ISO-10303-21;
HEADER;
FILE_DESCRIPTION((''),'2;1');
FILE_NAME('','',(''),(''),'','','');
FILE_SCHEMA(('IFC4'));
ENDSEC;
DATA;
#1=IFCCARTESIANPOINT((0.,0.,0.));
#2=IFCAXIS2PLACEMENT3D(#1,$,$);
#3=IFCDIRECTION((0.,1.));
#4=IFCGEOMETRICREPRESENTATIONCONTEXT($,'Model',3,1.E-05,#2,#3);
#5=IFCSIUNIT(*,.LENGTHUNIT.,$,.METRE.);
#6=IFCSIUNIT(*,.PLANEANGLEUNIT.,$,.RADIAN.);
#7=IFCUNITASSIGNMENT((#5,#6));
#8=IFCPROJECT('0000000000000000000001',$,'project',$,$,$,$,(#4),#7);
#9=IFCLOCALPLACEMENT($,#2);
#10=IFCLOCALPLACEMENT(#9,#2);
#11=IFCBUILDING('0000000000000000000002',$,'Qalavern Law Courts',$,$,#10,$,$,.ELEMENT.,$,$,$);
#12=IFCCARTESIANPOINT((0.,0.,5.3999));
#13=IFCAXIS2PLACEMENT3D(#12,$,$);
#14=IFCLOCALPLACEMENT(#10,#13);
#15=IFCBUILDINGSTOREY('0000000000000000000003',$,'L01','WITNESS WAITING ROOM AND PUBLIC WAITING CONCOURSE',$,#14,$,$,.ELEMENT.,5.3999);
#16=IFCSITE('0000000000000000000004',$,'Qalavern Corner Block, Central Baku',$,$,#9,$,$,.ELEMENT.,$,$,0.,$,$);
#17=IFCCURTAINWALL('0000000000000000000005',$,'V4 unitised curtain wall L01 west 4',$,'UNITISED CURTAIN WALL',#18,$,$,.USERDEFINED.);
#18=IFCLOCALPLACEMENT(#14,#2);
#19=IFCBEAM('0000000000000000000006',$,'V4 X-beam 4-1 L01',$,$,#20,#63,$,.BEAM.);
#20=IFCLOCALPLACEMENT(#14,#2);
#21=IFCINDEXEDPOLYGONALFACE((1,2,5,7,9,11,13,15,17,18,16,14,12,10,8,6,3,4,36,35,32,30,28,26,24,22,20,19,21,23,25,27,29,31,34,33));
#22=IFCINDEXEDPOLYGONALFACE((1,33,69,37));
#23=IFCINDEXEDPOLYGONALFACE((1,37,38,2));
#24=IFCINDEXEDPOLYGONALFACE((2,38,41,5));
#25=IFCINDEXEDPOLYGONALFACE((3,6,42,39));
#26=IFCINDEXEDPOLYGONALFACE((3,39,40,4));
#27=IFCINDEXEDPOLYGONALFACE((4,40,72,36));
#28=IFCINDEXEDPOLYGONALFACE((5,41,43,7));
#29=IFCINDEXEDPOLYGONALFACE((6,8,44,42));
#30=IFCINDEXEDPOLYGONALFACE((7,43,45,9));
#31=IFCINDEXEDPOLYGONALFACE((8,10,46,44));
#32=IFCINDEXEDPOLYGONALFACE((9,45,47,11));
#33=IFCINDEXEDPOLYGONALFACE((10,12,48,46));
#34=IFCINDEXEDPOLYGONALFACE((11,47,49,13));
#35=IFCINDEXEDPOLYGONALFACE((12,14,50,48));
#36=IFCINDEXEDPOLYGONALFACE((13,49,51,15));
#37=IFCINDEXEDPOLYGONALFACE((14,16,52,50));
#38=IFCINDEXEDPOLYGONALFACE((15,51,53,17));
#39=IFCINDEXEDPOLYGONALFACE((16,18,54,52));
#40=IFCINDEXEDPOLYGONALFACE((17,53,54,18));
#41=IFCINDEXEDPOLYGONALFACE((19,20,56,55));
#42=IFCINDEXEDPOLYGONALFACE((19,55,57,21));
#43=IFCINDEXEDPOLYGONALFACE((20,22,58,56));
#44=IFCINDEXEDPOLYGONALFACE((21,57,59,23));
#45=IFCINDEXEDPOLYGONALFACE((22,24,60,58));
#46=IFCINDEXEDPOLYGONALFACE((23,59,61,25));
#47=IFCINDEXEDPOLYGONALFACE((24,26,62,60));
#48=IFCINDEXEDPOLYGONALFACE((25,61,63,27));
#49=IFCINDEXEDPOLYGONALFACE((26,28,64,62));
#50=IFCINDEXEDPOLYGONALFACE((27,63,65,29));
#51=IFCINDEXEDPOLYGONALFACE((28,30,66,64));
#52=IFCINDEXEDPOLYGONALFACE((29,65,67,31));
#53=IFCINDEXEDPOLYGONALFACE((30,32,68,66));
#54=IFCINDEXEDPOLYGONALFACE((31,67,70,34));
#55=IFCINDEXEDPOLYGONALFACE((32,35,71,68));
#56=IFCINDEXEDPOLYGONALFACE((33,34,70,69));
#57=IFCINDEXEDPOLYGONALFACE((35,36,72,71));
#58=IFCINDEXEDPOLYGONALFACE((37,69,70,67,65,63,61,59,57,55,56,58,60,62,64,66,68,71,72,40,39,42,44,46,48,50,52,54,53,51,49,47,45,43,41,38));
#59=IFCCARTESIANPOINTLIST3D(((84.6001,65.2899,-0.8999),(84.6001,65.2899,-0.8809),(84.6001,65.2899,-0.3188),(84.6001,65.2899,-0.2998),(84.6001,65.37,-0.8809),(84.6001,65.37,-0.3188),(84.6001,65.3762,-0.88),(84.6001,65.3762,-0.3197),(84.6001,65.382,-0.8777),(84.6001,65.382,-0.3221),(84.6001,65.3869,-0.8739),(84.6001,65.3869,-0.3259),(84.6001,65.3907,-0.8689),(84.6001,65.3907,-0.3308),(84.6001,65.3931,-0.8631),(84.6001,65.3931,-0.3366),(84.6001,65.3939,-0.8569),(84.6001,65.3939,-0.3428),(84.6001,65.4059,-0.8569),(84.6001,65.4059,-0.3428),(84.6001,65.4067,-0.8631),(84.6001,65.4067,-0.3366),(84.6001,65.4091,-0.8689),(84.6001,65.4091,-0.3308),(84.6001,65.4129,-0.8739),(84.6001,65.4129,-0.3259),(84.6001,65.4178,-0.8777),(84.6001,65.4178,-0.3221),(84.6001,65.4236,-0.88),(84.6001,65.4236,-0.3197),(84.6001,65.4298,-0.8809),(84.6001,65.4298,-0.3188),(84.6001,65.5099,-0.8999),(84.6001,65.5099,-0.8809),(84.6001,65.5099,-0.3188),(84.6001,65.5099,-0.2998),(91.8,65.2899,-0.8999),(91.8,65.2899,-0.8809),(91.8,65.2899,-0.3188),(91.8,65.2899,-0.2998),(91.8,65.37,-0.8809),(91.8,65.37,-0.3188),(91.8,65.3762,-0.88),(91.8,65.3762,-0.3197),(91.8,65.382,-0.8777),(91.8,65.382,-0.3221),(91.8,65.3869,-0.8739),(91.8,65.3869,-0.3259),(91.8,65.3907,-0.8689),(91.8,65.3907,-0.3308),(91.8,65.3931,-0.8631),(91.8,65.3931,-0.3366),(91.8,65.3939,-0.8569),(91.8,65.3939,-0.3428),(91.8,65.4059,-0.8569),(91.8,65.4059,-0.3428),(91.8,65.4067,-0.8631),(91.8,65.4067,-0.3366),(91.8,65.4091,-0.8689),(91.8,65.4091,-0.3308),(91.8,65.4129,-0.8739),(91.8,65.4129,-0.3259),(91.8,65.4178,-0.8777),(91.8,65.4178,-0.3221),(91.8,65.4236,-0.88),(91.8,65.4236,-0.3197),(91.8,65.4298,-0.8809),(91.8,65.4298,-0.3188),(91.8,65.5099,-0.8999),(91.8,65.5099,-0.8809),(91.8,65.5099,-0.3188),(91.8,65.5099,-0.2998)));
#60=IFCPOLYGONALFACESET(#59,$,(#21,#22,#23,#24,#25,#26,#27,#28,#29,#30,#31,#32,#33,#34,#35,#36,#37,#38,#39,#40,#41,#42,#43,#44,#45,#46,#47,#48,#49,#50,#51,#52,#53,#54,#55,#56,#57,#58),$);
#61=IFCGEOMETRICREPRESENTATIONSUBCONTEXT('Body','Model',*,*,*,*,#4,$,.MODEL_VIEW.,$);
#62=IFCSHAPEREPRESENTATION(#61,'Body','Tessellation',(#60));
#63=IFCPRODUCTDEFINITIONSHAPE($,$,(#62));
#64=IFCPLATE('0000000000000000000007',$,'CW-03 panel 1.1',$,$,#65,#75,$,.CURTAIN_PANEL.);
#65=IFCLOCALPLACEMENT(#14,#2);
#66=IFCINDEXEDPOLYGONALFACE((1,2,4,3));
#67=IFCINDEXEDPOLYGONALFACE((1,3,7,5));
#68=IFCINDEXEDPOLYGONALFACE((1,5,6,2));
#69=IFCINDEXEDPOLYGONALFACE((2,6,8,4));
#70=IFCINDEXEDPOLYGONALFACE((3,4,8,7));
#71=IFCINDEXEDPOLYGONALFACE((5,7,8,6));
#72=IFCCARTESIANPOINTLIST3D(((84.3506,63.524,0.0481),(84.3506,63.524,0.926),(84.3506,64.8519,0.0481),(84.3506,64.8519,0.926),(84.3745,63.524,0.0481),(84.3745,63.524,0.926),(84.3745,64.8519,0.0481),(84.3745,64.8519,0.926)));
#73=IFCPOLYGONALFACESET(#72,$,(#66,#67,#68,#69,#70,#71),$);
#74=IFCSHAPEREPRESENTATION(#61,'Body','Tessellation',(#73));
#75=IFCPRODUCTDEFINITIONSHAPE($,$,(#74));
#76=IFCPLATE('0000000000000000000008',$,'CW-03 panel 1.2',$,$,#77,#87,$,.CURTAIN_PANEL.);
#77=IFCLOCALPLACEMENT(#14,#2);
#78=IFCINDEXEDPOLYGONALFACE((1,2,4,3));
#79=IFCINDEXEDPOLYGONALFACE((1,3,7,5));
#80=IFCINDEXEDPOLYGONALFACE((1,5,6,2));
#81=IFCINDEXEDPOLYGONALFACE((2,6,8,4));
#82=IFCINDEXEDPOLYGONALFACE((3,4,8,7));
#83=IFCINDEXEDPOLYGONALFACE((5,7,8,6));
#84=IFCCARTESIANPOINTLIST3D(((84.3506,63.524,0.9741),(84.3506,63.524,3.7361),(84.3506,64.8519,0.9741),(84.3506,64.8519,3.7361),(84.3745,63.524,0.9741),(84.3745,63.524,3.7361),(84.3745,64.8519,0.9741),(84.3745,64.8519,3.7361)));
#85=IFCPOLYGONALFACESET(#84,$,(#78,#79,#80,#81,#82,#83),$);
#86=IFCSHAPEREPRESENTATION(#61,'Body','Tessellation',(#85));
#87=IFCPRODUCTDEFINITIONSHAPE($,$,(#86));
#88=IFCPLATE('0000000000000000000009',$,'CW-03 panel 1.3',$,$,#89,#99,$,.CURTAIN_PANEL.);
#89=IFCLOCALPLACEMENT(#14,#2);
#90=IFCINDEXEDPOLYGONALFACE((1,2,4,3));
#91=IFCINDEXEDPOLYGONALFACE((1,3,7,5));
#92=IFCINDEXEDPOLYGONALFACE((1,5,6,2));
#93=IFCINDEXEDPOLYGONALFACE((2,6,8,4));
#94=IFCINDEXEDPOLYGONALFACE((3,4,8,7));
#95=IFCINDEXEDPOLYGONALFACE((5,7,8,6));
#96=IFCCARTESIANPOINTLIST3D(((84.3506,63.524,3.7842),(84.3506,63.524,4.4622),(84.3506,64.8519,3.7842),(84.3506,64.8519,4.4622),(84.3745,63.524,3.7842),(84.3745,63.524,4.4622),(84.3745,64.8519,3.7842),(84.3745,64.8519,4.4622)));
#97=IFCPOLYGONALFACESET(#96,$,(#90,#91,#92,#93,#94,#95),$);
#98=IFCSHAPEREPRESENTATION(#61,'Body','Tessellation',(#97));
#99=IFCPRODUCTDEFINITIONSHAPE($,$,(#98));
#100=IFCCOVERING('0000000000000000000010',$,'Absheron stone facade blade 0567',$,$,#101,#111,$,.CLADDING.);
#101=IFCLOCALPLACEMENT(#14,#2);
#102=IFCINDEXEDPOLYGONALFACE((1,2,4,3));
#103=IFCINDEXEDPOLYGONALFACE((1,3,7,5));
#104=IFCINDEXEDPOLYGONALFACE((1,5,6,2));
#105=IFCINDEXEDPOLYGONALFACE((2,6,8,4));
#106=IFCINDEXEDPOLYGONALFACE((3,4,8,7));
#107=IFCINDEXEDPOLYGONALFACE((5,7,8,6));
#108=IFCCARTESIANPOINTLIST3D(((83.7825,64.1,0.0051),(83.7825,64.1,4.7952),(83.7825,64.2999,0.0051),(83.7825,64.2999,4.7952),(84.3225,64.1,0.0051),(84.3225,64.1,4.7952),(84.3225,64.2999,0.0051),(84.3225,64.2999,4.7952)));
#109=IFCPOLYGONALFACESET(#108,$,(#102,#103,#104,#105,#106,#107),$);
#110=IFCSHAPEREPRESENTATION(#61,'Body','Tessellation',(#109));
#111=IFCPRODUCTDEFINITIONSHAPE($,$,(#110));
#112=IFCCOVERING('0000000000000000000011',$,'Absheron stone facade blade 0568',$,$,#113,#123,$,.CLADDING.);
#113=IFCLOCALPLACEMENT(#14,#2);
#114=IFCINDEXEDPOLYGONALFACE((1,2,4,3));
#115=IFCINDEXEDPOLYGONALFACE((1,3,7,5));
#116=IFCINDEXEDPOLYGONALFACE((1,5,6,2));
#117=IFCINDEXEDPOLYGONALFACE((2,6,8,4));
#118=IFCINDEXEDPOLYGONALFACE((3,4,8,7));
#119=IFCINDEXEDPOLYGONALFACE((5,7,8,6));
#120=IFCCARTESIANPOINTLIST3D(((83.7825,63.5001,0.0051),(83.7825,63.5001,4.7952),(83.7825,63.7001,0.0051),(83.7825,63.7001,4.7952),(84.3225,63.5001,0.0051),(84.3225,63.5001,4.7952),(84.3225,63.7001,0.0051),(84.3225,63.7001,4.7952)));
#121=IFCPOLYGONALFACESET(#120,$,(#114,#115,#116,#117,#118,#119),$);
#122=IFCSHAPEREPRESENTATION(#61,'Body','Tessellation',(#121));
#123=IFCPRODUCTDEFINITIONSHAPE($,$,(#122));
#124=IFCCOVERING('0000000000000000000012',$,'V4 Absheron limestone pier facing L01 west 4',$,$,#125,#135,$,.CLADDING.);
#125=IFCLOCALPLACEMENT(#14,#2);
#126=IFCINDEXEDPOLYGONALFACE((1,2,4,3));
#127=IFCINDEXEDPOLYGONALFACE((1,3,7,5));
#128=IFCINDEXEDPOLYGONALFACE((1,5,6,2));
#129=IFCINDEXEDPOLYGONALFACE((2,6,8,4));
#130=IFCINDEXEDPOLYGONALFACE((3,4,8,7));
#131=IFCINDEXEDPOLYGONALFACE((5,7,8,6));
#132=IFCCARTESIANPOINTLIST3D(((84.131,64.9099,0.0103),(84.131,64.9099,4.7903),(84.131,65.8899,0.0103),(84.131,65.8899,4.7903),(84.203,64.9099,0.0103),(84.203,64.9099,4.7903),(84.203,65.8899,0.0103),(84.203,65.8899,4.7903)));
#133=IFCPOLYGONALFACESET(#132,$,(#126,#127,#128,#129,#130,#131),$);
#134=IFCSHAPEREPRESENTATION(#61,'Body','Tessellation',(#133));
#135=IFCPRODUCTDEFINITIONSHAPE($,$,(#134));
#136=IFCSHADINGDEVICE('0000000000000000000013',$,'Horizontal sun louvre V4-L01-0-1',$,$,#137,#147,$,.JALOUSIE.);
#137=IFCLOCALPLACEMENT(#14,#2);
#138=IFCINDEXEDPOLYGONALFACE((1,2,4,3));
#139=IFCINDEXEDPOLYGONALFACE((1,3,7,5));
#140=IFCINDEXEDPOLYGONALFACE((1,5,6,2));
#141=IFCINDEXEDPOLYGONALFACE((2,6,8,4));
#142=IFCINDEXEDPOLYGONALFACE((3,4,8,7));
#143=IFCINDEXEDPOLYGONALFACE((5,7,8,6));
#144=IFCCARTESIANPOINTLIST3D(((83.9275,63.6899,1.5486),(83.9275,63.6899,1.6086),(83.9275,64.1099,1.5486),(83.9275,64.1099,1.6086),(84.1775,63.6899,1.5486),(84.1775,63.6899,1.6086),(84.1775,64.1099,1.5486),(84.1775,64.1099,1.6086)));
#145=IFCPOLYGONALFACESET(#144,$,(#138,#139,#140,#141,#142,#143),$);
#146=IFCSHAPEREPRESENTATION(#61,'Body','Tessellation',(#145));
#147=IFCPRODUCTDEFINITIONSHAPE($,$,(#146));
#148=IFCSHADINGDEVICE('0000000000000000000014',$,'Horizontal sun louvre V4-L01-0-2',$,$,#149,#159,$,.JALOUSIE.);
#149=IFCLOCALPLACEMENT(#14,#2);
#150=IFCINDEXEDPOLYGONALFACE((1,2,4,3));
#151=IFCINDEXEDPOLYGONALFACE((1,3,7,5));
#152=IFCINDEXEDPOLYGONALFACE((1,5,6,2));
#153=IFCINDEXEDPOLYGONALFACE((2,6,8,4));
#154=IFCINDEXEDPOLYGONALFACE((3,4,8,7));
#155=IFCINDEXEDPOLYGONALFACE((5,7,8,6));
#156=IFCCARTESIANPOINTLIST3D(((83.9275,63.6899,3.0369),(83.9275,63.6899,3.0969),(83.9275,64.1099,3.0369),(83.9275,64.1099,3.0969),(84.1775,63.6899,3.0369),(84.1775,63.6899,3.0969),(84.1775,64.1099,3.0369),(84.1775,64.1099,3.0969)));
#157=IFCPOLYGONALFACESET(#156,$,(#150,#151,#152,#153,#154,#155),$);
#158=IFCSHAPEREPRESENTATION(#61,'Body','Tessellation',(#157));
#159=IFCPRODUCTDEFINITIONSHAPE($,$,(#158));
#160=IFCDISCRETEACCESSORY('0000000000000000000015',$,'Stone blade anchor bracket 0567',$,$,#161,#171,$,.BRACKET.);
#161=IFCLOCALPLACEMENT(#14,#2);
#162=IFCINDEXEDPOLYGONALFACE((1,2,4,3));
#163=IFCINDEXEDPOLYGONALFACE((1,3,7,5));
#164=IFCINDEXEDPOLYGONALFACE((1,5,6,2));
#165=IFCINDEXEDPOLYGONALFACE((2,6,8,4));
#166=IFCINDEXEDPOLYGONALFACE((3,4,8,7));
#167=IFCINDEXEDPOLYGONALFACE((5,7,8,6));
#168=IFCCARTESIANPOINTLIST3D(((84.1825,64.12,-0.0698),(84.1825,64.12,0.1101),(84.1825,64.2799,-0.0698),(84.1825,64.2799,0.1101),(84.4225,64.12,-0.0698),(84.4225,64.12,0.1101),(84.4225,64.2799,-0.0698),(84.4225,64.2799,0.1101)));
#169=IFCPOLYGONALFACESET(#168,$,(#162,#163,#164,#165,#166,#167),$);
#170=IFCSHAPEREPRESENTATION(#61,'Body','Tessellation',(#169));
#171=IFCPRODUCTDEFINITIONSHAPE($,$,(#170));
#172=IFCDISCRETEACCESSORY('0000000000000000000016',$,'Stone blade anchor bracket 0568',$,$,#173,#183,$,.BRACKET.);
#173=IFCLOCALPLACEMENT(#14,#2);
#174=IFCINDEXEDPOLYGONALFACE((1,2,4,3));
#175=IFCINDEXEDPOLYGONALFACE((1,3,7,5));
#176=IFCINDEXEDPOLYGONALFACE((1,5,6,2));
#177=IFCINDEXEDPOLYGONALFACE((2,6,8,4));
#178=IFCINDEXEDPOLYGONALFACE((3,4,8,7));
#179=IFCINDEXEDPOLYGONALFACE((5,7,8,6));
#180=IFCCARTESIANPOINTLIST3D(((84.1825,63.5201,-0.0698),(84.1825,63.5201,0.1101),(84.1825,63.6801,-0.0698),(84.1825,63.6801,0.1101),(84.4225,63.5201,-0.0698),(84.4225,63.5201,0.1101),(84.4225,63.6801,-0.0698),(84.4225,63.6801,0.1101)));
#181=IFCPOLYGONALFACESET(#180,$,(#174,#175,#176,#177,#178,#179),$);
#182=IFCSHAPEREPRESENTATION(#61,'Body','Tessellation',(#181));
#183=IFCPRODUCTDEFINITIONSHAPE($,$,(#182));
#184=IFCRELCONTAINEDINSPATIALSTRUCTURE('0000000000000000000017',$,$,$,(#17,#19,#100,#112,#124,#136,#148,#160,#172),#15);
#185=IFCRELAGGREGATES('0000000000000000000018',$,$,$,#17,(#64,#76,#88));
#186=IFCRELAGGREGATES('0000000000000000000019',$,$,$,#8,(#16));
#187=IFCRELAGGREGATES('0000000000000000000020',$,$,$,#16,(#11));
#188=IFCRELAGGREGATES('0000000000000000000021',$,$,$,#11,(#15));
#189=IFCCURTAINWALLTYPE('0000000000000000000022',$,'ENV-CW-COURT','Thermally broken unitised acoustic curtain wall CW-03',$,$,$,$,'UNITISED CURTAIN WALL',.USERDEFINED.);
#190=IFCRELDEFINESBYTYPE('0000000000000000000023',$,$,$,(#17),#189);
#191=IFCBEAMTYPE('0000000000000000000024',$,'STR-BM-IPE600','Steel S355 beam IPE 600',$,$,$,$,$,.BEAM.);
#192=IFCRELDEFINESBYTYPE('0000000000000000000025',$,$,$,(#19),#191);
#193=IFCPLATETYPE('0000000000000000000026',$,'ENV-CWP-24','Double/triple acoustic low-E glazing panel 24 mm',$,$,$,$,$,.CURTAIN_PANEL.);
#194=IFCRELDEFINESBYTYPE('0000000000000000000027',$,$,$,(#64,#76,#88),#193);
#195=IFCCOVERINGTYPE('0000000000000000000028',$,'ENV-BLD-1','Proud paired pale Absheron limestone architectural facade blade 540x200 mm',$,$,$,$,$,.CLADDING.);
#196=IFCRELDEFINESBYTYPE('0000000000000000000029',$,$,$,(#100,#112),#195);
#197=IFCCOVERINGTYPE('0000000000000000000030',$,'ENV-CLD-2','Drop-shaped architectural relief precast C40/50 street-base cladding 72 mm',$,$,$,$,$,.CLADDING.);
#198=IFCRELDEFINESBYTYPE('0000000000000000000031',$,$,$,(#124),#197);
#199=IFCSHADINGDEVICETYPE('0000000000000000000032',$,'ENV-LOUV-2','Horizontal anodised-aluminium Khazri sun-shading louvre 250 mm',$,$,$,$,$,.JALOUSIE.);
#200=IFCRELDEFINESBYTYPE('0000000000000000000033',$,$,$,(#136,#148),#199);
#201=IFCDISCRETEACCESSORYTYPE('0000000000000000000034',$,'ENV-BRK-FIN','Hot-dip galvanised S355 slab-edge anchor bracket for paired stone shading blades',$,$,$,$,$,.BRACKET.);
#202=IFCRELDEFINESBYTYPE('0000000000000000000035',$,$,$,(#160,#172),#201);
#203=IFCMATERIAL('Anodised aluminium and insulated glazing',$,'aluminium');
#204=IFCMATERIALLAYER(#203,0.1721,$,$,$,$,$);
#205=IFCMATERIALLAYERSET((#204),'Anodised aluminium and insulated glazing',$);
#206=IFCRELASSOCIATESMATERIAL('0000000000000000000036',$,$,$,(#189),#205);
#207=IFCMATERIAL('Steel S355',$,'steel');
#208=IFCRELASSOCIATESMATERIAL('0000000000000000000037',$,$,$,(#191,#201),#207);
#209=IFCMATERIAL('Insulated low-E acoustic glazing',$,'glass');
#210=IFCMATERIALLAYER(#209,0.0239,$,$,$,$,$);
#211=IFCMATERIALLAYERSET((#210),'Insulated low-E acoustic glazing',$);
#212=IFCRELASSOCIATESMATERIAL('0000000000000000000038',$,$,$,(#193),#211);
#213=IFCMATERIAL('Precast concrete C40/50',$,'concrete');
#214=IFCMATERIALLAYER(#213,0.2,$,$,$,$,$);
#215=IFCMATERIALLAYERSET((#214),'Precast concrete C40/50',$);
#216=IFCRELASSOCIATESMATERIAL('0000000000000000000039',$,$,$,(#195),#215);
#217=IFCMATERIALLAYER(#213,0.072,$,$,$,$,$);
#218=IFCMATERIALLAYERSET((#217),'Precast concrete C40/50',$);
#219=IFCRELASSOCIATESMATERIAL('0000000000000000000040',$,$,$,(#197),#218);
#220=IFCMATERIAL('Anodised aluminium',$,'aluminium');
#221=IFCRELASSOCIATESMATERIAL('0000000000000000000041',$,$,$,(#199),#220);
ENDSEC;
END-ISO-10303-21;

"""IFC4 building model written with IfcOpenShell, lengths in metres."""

from ifc_helpers import new_model, si_unit, direction, frame, origin, origin_2d, place, context, subcontext, project, spatial, rectangle, i_section, extrude, material, layer, layer_set, material_profile, profile_set, type_object, element, aggregate, save


model = new_model("IFC4")

# Units and contexts
model_context = context("Model", 3, precision=1e-05, world=origin(), true_north=direction((0.0, 1.0)))
body_context = subcontext(model_context, "Body", "Model", "MODEL_VIEW")
ifc_project = project(units=[si_unit("LENGTHUNIT", "METRE"), si_unit("PLANEANGLEUNIT", "RADIAN")], contexts=[model_context])

# Site, building, storey
site_placement = place(None, origin())
site = spatial("IfcSite", under=ifc_project, at=site_placement, Name="Qalavern Corner Block, Central Baku", CompositionType="ELEMENT", RefElevation=0.0)
building_placement = place(site_placement, origin())
building = spatial("IfcBuilding", under=site, at=building_placement, Name="Qalavern Law Courts", CompositionType="ELEMENT")
storey_placement = place(building_placement, frame((0.0, 0.0, 5.3999)))
storey = spatial("IfcBuildingStorey", under=building, at=storey_placement, Name="L01", Description="WITNESS WAITING ROOM AND PUBLIC WAITING CONCOURSE", CompositionType="ELEMENT", Elevation=5.3999)

# Curtain wall
ifc_material_1 = material(Name="Anodised aluminium and insulated glazing", Category="aluminium")
ifc_layer_1 = layer(ifc_material_1, 0.1721)
ifc_layer_set_1 = layer_set([ifc_layer_1], Name="Anodised aluminium and insulated glazing")
curtain_wall_type = type_object("IfcCurtainWallType", Name="ENV-CW-COURT", Description="Thermally broken unitised acoustic curtain wall CW-03", ElementType="UNITISED CURTAIN WALL", PredefinedType="USERDEFINED", material=ifc_layer_set_1)
curtain_wall_placement = place(storey_placement, origin())
curtain_wall = element("IfcCurtainWall", 1, at=curtain_wall_placement, inside=storey, type_object=curtain_wall_type, Name="V4 unitised curtain wall L01 west 4", ObjectType="UNITISED CURTAIN WALL", PredefinedType="USERDEFINED")
ifc_material_2 = material(Name="Anodised aluminium", Category="aluminium")

# Beam
ifc_material_3 = material(Name="Steel S355", Category="steel")
ifc_material_profile_1 = material_profile(ifc_material_3, i_section(OverallWidth=0.22, OverallDepth=0.6001, WebThickness=0.012, FlangeThickness=0.019, FilletRadius=0.0239, at=origin_2d()), Name="IPE 600")
ifc_profile_set_1 = profile_set([ifc_material_profile_1], Name="Steel S355")
beam_type = type_object("IfcBeamType", Name="STR-BM-IPE600", Description="Steel S355 beam IPE 600", PredefinedType="BEAM", material=ifc_profile_set_1)
beam_placement = place(storey_placement, frame((84.6001, 65.3999, -0.5999), z_axis=(1.0, 0.0, 0.0), x_axis=(0.0, 1.0, 0.0)))
element("IfcBeam", 2, at=beam_placement, inside=storey, type_object=beam_type, Name="V4 X-beam 4-1 L01", PredefinedType="BEAM", context=body_context, shape_type="SweptSolid", body=[
    extrude(i_section(OverallWidth=0.22, OverallDepth=0.6001, WebThickness=0.012, FlangeThickness=0.019, FilletRadius=0.0239, at=origin_2d()), origin(), (0.0, 0.0, 1.0), 7.2),
])

# Plates
ifc_material_4 = material(Name="Insulated low-E acoustic glazing", Category="glass")
ifc_layer_2 = layer(ifc_material_4, 0.0239)
ifc_layer_set_2 = layer_set([ifc_layer_2], Name="Insulated low-E acoustic glazing")
plate_type = type_object("IfcPlateType", Name="ENV-CWP-24", Description="Double/triple acoustic low-E glazing panel 24 mm", PredefinedType="CURTAIN_PANEL", material=ifc_layer_set_2)
plate_1_placement = place(storey_placement, frame((84.3625, 64.188, 0.0481), z_axis=(0.0, 0.0, 1.0), x_axis=(0.0, -1.0, 0.0)))
plate_1 = element("IfcPlate", 3, at=plate_1_placement, type_object=plate_type, Name="CW-03 panel 1.1", PredefinedType="CURTAIN_PANEL", context=body_context, shape_type="SweptSolid", body=[
    extrude(rectangle(XDim=1.3279, YDim=0.0239, at=origin_2d()), origin(), (0.0, 0.0, 1.0), 0.8779),
])
plate_2_placement = place(storey_placement, frame((84.3625, 64.188, 0.9741), z_axis=(0.0, 0.0, 1.0), x_axis=(0.0, -1.0, 0.0)))
plate_2 = element("IfcPlate", 4, at=plate_2_placement, type_object=plate_type, Name="CW-03 panel 1.2", PredefinedType="CURTAIN_PANEL", context=body_context, shape_type="SweptSolid", body=[
    extrude(rectangle(XDim=1.3279, YDim=0.0239, at=origin_2d()), origin(), (0.0, 0.0, 1.0), 2.762),
])
plate_3_placement = place(storey_placement, frame((84.3625, 64.188, 3.7842), z_axis=(0.0, 0.0, 1.0), x_axis=(0.0, -1.0, 0.0)))
plate_3 = element("IfcPlate", 5, at=plate_3_placement, type_object=plate_type, Name="CW-03 panel 1.3", PredefinedType="CURTAIN_PANEL", context=body_context, shape_type="SweptSolid", body=[
    extrude(rectangle(XDim=1.3279, YDim=0.0239, at=origin_2d()), origin(), (0.0, 0.0, 1.0), 0.678),
])
aggregate(curtain_wall, [plate_1, plate_2, plate_3])

# Coverings
ifc_material_5 = material(Name="Precast concrete C40/50", Category="concrete")
ifc_layer_3 = layer(ifc_material_5, 0.2)
ifc_layer_set_3 = layer_set([ifc_layer_3], Name="Precast concrete C40/50")
covering_type_1 = type_object("IfcCoveringType", Name="ENV-BLD-1", Description="Proud paired pale Absheron limestone architectural facade blade 540x200 mm", PredefinedType="CLADDING", material=ifc_layer_set_3)
for number, where, z_axis, x_axis, name in (
    (6, (84.0525, 64.2, 0.0051), (0.0, 0.0, 1.0), (-1.0, 0.0, 0.0), "Absheron stone facade blade 0567"),
    (7, (84.0525, 63.6001, 0.0051), (0.0, 0.0, 1.0), (-1.0, 0.0, 0.0), "Absheron stone facade blade 0568"),
):
    element("IfcCovering", number, at=place(storey_placement, frame(where, z_axis=z_axis, x_axis=x_axis)), inside=storey, type_object=covering_type_1, Name=name, PredefinedType="CLADDING", context=body_context, shape_type="SweptSolid", body=[
        extrude(rectangle(XDim=0.54, YDim=0.2, at=origin_2d()), origin(), (0.0, 0.0, 1.0), 4.79),
    ])
ifc_layer_4 = layer(ifc_material_5, 0.072)
ifc_layer_set_4 = layer_set([ifc_layer_4], Name="Precast concrete C40/50")
covering_type_2 = type_object("IfcCoveringType", Name="ENV-CLD-2", Description="Drop-shaped architectural relief precast C40/50 street-base cladding 72 mm", PredefinedType="CLADDING", material=ifc_layer_set_4)
covering_placement = place(storey_placement, frame((84.167, 65.3999, 0.0103), z_axis=(0.0, 0.0, 1.0), x_axis=(0.0, -1.0, 0.0)))
element("IfcCovering", 8, at=covering_placement, inside=storey, type_object=covering_type_2, Name="V4 Absheron limestone pier facing L01 west 4", PredefinedType="CLADDING", context=body_context, shape_type="SweptSolid", body=[
    extrude(rectangle(XDim=0.98, YDim=0.072, at=origin_2d()), origin(), (0.0, 0.0, 1.0), 4.78),
])

# Shading devices
shading_device_type = type_object("IfcShadingDeviceType", Name="ENV-LOUV-2", Description="Horizontal anodised-aluminium Khazri sun-shading louvre 250 mm", PredefinedType="JALOUSIE", material=ifc_material_2)
for number, where, z_axis, x_axis, name in (
    (9, (84.0525, 63.8999, 1.5486), (0.0, 0.0, 1.0), (0.0, -1.0, 0.0), "Horizontal sun louvre V4-L01-0-1"),
    (10, (84.0525, 63.8999, 3.0369), (0.0, 0.0, 1.0), (0.0, -1.0, 0.0), "Horizontal sun louvre V4-L01-0-2"),
):
    element("IfcShadingDevice", number, at=place(storey_placement, frame(where, z_axis=z_axis, x_axis=x_axis)), inside=storey, type_object=shading_device_type, Name=name, PredefinedType="JALOUSIE", context=body_context, shape_type="SweptSolid", body=[
        extrude(rectangle(XDim=0.4199, YDim=0.25, at=origin_2d()), origin(), (0.0, 0.0, 1.0), 0.0601),
    ])

# Discrete accessories
discrete_accessory_type = type_object("IfcDiscreteAccessoryType", Name="ENV-BRK-FIN", Description="Hot-dip galvanised S355 slab-edge anchor bracket for paired stone shading blades", PredefinedType="BRACKET", material=ifc_material_3)
for number, where, z_axis, x_axis, name in (
    (11, (84.3025, 64.2, -0.0698), (0.0, 0.0, 1.0), (-1.0, 0.0, 0.0), "Stone blade anchor bracket 0567"),
    (12, (84.3025, 63.6001, -0.0698), (0.0, 0.0, 1.0), (-1.0, 0.0, 0.0), "Stone blade anchor bracket 0568"),
):
    element("IfcDiscreteAccessory", number, at=place(storey_placement, frame(where, z_axis=z_axis, x_axis=x_axis)), inside=storey, type_object=discrete_accessory_type, Name=name, PredefinedType="BRACKET", context=body_context, shape_type="SweptSolid", body=[
        extrude(rectangle(XDim=0.24, YDim=0.1599, at=origin_2d()), origin(), (0.0, 0.0, 1.0), 0.1799),
    ])

save(model, "model.ifc")
